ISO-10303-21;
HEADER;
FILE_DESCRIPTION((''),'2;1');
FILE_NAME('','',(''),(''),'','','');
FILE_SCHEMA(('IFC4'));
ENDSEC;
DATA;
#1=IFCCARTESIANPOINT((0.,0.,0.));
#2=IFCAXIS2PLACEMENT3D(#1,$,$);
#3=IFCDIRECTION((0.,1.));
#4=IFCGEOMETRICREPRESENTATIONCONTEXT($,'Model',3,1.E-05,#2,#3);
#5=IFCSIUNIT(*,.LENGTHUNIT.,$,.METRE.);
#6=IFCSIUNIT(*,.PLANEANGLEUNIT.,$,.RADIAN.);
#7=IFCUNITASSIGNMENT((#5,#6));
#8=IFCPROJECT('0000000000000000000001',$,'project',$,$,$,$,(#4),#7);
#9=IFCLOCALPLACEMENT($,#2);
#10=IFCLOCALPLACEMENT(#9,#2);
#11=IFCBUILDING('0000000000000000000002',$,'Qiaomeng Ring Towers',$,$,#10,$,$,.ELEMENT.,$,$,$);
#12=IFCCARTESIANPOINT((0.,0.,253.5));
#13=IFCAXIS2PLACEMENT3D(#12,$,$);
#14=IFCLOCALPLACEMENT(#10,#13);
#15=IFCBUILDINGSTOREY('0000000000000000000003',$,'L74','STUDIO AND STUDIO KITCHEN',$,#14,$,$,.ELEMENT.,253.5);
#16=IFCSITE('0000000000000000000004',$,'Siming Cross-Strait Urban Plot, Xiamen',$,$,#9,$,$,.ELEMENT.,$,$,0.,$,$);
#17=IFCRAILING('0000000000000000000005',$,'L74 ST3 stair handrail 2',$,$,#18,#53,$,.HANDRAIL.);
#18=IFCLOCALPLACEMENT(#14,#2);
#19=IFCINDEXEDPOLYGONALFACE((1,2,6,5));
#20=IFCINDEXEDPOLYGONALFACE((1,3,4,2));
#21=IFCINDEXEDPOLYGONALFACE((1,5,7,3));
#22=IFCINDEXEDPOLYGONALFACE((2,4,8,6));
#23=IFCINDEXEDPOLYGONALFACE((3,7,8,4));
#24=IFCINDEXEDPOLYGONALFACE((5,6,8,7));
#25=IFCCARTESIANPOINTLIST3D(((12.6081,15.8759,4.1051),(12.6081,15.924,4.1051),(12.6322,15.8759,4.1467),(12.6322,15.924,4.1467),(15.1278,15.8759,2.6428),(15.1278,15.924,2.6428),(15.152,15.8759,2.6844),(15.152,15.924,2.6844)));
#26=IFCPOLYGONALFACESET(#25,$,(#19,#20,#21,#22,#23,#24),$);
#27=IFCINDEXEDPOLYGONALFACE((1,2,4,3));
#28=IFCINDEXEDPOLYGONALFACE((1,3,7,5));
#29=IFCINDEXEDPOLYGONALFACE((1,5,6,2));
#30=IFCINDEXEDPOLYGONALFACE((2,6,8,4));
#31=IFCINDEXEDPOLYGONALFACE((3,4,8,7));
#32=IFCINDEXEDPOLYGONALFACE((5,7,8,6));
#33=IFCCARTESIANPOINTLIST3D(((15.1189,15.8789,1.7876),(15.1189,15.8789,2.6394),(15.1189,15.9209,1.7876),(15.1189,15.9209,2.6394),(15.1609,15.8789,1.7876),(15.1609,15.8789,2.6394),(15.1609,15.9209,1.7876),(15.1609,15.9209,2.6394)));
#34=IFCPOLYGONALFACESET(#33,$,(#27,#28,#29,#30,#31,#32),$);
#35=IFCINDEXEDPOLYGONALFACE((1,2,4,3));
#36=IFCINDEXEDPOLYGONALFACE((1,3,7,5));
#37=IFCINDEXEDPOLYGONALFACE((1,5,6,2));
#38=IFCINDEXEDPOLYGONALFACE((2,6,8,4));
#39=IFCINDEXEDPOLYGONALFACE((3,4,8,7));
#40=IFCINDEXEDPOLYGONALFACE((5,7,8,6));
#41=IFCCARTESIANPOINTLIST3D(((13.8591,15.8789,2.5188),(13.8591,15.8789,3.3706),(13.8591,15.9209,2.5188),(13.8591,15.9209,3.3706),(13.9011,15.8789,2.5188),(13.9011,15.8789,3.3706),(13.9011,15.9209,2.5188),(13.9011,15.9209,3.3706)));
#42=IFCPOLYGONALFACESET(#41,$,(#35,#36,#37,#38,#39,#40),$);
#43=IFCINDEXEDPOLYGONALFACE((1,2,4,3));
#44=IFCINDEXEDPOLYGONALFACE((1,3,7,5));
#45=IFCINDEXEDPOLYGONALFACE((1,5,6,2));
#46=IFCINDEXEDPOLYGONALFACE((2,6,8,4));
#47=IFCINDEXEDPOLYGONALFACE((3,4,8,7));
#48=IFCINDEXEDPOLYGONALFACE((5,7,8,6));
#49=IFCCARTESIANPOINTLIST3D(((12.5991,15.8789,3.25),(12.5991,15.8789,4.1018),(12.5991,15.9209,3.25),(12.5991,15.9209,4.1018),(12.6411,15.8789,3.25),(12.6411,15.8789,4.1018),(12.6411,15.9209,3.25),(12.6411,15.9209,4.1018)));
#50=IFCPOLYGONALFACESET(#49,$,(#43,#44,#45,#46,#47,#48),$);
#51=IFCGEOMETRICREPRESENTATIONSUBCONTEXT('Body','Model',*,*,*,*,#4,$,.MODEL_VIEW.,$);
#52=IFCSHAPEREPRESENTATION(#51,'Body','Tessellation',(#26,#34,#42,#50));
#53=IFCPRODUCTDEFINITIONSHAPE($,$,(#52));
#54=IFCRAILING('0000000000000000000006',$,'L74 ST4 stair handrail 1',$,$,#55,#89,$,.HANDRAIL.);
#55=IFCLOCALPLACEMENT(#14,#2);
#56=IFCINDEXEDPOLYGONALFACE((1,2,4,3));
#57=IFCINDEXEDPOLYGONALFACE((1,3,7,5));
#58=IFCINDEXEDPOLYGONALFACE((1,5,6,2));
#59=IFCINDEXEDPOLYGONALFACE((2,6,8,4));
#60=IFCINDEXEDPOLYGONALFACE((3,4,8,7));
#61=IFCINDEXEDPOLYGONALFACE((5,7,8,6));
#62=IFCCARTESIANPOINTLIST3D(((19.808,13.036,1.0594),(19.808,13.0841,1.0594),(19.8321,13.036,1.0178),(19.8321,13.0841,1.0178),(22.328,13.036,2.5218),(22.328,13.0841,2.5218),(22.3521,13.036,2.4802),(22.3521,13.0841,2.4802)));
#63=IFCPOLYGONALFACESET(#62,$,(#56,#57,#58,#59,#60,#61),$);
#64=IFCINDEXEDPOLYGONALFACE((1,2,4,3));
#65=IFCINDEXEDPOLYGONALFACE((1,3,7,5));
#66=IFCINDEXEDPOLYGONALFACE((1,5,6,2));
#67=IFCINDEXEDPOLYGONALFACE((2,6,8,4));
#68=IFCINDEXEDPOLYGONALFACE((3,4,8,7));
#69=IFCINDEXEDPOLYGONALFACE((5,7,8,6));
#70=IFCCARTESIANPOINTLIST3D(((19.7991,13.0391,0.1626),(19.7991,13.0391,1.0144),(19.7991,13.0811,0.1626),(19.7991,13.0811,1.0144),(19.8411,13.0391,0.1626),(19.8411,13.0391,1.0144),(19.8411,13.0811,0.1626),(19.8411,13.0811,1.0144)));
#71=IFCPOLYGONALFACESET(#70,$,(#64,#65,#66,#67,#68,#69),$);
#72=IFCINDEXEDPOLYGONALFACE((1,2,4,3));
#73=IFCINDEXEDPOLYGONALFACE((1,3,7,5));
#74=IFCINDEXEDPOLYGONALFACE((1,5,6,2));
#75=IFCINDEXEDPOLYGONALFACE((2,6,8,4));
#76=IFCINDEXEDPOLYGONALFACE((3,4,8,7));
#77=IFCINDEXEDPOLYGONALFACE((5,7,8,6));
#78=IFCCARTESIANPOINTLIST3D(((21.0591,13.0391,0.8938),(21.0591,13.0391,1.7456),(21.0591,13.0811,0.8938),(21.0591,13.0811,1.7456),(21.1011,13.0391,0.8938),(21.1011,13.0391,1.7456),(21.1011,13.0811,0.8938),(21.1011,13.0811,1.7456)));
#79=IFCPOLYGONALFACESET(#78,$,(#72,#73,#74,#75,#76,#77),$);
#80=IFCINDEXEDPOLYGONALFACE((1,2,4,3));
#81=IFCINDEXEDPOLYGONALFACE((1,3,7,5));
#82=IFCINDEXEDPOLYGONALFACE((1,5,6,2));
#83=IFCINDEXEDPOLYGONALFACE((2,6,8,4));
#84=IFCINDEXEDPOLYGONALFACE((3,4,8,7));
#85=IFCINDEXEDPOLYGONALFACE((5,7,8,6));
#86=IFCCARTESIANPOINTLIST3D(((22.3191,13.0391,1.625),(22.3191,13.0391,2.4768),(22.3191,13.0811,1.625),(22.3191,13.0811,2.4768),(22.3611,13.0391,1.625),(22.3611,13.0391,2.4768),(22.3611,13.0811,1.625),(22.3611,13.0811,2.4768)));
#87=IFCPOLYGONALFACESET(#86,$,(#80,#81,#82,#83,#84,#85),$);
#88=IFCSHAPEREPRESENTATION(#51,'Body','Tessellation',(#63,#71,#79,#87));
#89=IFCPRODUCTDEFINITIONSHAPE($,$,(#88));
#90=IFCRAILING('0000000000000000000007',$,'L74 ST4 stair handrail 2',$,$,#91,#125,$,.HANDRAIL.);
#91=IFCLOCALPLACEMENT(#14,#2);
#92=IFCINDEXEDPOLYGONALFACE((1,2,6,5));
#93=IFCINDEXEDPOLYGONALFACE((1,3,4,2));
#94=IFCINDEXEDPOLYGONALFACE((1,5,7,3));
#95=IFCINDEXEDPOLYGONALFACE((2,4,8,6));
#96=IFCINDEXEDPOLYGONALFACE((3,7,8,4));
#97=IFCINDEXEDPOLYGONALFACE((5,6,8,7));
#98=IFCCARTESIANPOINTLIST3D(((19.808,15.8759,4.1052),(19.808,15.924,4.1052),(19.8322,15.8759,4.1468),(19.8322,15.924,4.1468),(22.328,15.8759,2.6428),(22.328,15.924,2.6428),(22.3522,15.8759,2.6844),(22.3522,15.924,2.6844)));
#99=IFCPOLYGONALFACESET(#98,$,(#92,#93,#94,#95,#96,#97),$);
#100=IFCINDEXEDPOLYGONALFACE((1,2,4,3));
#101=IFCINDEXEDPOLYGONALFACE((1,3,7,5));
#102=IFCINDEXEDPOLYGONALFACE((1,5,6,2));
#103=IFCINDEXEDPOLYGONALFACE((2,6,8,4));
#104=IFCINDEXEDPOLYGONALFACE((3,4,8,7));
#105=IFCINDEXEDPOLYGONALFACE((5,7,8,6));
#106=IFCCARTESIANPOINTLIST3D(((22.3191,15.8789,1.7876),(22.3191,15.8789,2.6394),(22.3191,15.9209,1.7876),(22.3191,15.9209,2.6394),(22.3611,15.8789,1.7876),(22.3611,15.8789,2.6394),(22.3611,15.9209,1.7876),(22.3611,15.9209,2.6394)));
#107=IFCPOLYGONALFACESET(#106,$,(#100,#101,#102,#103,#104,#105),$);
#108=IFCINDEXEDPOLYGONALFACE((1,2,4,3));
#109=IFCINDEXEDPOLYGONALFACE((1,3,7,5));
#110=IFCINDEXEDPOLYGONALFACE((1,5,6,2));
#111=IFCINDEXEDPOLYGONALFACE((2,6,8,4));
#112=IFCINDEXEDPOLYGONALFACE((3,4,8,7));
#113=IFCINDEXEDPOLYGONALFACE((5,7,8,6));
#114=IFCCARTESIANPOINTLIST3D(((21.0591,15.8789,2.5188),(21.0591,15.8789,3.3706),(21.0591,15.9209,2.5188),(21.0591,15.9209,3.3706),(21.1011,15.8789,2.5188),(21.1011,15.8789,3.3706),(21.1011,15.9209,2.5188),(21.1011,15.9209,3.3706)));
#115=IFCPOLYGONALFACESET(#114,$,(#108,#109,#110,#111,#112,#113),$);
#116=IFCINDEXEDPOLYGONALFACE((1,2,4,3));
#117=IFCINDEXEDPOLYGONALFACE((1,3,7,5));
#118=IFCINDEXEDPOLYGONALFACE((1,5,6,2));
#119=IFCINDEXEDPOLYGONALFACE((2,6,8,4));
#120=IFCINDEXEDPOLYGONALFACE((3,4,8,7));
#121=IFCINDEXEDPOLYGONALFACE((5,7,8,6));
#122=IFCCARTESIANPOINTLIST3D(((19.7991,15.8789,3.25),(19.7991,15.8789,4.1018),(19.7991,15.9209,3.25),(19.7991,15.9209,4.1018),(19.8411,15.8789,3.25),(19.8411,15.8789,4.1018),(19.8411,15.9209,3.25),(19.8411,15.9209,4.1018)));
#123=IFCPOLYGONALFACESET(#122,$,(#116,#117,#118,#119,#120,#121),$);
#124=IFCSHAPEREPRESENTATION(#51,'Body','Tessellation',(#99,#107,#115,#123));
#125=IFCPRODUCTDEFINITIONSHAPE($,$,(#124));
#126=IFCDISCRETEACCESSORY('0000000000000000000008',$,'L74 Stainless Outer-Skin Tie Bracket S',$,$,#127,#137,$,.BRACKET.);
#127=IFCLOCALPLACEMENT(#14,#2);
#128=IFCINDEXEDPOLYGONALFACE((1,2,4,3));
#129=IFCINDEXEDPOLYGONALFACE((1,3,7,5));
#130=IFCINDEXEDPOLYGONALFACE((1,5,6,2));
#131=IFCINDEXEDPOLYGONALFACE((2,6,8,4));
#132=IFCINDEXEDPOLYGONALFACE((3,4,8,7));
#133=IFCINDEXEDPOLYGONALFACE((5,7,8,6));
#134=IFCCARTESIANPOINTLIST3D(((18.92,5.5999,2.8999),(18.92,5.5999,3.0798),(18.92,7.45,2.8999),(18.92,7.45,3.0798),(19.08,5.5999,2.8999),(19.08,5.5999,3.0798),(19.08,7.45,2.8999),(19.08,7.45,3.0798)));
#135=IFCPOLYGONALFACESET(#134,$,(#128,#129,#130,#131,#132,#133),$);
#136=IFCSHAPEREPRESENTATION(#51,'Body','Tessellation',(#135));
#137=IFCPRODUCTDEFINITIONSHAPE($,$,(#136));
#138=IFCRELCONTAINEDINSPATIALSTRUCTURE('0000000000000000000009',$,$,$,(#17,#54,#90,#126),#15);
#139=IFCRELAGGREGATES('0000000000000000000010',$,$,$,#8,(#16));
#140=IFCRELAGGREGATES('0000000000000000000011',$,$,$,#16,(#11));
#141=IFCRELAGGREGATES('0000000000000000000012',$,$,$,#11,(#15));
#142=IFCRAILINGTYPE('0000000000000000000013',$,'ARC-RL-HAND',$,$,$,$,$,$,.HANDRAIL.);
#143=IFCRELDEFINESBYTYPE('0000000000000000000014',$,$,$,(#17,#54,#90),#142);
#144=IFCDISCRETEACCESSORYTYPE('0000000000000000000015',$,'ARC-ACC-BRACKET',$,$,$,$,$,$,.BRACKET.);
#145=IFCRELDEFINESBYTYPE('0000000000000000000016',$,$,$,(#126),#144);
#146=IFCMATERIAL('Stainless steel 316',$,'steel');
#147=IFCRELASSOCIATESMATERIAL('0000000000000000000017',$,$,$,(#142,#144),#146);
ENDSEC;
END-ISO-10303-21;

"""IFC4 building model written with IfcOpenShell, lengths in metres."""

from ifc_helpers import new_model, si_unit, direction, frame, origin, origin_2d, place, context, subcontext, project, spatial, rectangle, extrude, source, transform, mapped, material, type_object, element, save


model = new_model("IFC4")

# Units and contexts
model_context = context("Model", 3, precision=1e-05, world=origin(), true_north=direction((0.0, 1.0)))
body_context = subcontext(model_context, "Body", "Model", "MODEL_VIEW")
ifc_project = project(units=[si_unit("LENGTHUNIT", "METRE"), si_unit("PLANEANGLEUNIT", "RADIAN")], contexts=[model_context])

# Site, building, storey
site_placement = place(None, origin())
site = spatial("IfcSite", under=ifc_project, at=site_placement, Name="Siming Cross-Strait Urban Plot, Xiamen", CompositionType="ELEMENT", RefElevation=0.0)
building_placement = place(site_placement, origin())
building = spatial("IfcBuilding", under=site, at=building_placement, Name="Qiaomeng Ring Towers", CompositionType="ELEMENT")
storey_placement = place(building_placement, frame((0.0, 0.0, 253.5)))
storey = spatial("IfcBuildingStorey", under=building, at=storey_placement, Name="L74", Description="STUDIO AND STUDIO KITCHEN", CompositionType="ELEMENT", Elevation=253.5)

# Railings
ifc_material_1 = material(Name="Stainless steel 316", Category="steel")
railing_type_1 = type_object("IfcRailingType", Name="ARC-RL-HAND", PredefinedType="HANDRAIL", material=ifc_material_1)
railing_1_placement = place(storey_placement, frame((15.1399, 15.8999, 1.7876)))
element("IfcRailing", 1, at=railing_1_placement, inside=storey, type_object=railing_type_1, Name="L74 ST3 stair handrail 2", PredefinedType="HANDRAIL", context=body_context, shape_type="SweptSolid", body=[
    extrude(rectangle(XDim=0.0481, YDim=0.0481, at=origin_2d()), frame((0.0, 0.0, 0.876), z_axis=(-0.864892, 0.0, 0.501958), x_axis=(0.0, -1.0, 0.0)), (0.0, 0.0, 1.0), 2.9133),
    extrude(rectangle(XDim=0.042, YDim=0.042, at=origin_2d()), origin(), (0.0, 0.0, 1.0), 0.8518),
    extrude(rectangle(XDim=0.042, YDim=0.042, at=origin_2d()), frame((-1.2598, 0.0, 0.7312)), (0.0, 0.0, 1.0), 0.8518),
    extrude(rectangle(XDim=0.042, YDim=0.042, at=origin_2d()), frame((-2.5198, 0.0, 1.4624)), (0.0, 0.0, 1.0), 0.8518),
])
railing_2_placement = place(storey_placement, frame((19.8201, 13.0601, 0.1626)))
element("IfcRailing", 2, at=railing_2_placement, inside=storey, type_object=railing_type_1, Name="L74 ST4 stair handrail 1", PredefinedType="HANDRAIL", context=body_context, shape_type="SweptSolid", body=[
    extrude(rectangle(XDim=0.0481, YDim=0.0481, at=origin_2d()), frame((0.0, 0.0, 0.876), z_axis=(0.864913, 0.0, 0.501921), x_axis=(0.0, 1.0, 0.0)), (0.0, 0.0, 1.0), 2.9136),
    extrude(rectangle(XDim=0.042, YDim=0.042, at=origin_2d()), origin(), (0.0, 0.0, 1.0), 0.8518),
    extrude(rectangle(XDim=0.042, YDim=0.042, at=origin_2d()), frame((1.26, 0.0, 0.7312)), (0.0, 0.0, 1.0), 0.8518),
    extrude(rectangle(XDim=0.042, YDim=0.042, at=origin_2d()), frame((2.52, 0.0, 1.4624)), (0.0, 0.0, 1.0), 0.8518),
])
railing_3_placement = place(storey_placement, frame((22.3401, 15.8999, 1.7876)))
element("IfcRailing", 3, at=railing_3_placement, inside=storey, type_object=railing_type_1, Name="L74 ST4 stair handrail 2", PredefinedType="HANDRAIL", context=body_context, shape_type="SweptSolid", body=[
    extrude(rectangle(XDim=0.0481, YDim=0.0481, at=origin_2d()), frame((0.0, 0.0, 0.876), z_axis=(-0.864913, 0.0, 0.501921), x_axis=(0.0, -1.0, 0.0)), (0.0, 0.0, 1.0), 2.9136),
    extrude(rectangle(XDim=0.042, YDim=0.042, at=origin_2d()), origin(), (0.0, 0.0, 1.0), 0.8518),
    extrude(rectangle(XDim=0.042, YDim=0.042, at=origin_2d()), frame((-1.26, 0.0, 0.7312)), (0.0, 0.0, 1.0), 0.8518),
    extrude(rectangle(XDim=0.042, YDim=0.042, at=origin_2d()), frame((-2.52, 0.0, 1.4624)), (0.0, 0.0, 1.0), 0.8518),
])

# Discrete accessory
discrete_accessory_type = type_object("IfcDiscreteAccessoryType", Name="ARC-ACC-BRACKET", PredefinedType="BRACKET", material=ifc_material_1)
shared_shape_1 = source(origin(), body_context, "Body", "SweptSolid", [
    extrude(rectangle(XDim=0.1599, YDim=1.8501, at=origin_2d()), origin(), (0.0, 0.0, 1.0), 0.1799),
])
discrete_accessory_placement = place(storey_placement, frame((19.0, 6.5249, 2.8999), z_axis=(0.0, 0.0, 1.0), x_axis=(1.0, 0.0, 0.0)))
element("IfcDiscreteAccessory", 4, at=discrete_accessory_placement, inside=storey, type_object=discrete_accessory_type, Name="L74 Stainless Outer-Skin Tie Bracket S", PredefinedType="BRACKET", context=body_context, shape_type="MappedRepresentation", body=[
    mapped(shared_shape_1, transform((0.0, 0.0, 0.0), x_axis=(1.0, 0.0, 0.0), y_axis=(0.0, 1.0, 0.0), z_axis=(0.0, 0.0, 1.0), scale=1.0)),
])

save(model, "model.ifc")
